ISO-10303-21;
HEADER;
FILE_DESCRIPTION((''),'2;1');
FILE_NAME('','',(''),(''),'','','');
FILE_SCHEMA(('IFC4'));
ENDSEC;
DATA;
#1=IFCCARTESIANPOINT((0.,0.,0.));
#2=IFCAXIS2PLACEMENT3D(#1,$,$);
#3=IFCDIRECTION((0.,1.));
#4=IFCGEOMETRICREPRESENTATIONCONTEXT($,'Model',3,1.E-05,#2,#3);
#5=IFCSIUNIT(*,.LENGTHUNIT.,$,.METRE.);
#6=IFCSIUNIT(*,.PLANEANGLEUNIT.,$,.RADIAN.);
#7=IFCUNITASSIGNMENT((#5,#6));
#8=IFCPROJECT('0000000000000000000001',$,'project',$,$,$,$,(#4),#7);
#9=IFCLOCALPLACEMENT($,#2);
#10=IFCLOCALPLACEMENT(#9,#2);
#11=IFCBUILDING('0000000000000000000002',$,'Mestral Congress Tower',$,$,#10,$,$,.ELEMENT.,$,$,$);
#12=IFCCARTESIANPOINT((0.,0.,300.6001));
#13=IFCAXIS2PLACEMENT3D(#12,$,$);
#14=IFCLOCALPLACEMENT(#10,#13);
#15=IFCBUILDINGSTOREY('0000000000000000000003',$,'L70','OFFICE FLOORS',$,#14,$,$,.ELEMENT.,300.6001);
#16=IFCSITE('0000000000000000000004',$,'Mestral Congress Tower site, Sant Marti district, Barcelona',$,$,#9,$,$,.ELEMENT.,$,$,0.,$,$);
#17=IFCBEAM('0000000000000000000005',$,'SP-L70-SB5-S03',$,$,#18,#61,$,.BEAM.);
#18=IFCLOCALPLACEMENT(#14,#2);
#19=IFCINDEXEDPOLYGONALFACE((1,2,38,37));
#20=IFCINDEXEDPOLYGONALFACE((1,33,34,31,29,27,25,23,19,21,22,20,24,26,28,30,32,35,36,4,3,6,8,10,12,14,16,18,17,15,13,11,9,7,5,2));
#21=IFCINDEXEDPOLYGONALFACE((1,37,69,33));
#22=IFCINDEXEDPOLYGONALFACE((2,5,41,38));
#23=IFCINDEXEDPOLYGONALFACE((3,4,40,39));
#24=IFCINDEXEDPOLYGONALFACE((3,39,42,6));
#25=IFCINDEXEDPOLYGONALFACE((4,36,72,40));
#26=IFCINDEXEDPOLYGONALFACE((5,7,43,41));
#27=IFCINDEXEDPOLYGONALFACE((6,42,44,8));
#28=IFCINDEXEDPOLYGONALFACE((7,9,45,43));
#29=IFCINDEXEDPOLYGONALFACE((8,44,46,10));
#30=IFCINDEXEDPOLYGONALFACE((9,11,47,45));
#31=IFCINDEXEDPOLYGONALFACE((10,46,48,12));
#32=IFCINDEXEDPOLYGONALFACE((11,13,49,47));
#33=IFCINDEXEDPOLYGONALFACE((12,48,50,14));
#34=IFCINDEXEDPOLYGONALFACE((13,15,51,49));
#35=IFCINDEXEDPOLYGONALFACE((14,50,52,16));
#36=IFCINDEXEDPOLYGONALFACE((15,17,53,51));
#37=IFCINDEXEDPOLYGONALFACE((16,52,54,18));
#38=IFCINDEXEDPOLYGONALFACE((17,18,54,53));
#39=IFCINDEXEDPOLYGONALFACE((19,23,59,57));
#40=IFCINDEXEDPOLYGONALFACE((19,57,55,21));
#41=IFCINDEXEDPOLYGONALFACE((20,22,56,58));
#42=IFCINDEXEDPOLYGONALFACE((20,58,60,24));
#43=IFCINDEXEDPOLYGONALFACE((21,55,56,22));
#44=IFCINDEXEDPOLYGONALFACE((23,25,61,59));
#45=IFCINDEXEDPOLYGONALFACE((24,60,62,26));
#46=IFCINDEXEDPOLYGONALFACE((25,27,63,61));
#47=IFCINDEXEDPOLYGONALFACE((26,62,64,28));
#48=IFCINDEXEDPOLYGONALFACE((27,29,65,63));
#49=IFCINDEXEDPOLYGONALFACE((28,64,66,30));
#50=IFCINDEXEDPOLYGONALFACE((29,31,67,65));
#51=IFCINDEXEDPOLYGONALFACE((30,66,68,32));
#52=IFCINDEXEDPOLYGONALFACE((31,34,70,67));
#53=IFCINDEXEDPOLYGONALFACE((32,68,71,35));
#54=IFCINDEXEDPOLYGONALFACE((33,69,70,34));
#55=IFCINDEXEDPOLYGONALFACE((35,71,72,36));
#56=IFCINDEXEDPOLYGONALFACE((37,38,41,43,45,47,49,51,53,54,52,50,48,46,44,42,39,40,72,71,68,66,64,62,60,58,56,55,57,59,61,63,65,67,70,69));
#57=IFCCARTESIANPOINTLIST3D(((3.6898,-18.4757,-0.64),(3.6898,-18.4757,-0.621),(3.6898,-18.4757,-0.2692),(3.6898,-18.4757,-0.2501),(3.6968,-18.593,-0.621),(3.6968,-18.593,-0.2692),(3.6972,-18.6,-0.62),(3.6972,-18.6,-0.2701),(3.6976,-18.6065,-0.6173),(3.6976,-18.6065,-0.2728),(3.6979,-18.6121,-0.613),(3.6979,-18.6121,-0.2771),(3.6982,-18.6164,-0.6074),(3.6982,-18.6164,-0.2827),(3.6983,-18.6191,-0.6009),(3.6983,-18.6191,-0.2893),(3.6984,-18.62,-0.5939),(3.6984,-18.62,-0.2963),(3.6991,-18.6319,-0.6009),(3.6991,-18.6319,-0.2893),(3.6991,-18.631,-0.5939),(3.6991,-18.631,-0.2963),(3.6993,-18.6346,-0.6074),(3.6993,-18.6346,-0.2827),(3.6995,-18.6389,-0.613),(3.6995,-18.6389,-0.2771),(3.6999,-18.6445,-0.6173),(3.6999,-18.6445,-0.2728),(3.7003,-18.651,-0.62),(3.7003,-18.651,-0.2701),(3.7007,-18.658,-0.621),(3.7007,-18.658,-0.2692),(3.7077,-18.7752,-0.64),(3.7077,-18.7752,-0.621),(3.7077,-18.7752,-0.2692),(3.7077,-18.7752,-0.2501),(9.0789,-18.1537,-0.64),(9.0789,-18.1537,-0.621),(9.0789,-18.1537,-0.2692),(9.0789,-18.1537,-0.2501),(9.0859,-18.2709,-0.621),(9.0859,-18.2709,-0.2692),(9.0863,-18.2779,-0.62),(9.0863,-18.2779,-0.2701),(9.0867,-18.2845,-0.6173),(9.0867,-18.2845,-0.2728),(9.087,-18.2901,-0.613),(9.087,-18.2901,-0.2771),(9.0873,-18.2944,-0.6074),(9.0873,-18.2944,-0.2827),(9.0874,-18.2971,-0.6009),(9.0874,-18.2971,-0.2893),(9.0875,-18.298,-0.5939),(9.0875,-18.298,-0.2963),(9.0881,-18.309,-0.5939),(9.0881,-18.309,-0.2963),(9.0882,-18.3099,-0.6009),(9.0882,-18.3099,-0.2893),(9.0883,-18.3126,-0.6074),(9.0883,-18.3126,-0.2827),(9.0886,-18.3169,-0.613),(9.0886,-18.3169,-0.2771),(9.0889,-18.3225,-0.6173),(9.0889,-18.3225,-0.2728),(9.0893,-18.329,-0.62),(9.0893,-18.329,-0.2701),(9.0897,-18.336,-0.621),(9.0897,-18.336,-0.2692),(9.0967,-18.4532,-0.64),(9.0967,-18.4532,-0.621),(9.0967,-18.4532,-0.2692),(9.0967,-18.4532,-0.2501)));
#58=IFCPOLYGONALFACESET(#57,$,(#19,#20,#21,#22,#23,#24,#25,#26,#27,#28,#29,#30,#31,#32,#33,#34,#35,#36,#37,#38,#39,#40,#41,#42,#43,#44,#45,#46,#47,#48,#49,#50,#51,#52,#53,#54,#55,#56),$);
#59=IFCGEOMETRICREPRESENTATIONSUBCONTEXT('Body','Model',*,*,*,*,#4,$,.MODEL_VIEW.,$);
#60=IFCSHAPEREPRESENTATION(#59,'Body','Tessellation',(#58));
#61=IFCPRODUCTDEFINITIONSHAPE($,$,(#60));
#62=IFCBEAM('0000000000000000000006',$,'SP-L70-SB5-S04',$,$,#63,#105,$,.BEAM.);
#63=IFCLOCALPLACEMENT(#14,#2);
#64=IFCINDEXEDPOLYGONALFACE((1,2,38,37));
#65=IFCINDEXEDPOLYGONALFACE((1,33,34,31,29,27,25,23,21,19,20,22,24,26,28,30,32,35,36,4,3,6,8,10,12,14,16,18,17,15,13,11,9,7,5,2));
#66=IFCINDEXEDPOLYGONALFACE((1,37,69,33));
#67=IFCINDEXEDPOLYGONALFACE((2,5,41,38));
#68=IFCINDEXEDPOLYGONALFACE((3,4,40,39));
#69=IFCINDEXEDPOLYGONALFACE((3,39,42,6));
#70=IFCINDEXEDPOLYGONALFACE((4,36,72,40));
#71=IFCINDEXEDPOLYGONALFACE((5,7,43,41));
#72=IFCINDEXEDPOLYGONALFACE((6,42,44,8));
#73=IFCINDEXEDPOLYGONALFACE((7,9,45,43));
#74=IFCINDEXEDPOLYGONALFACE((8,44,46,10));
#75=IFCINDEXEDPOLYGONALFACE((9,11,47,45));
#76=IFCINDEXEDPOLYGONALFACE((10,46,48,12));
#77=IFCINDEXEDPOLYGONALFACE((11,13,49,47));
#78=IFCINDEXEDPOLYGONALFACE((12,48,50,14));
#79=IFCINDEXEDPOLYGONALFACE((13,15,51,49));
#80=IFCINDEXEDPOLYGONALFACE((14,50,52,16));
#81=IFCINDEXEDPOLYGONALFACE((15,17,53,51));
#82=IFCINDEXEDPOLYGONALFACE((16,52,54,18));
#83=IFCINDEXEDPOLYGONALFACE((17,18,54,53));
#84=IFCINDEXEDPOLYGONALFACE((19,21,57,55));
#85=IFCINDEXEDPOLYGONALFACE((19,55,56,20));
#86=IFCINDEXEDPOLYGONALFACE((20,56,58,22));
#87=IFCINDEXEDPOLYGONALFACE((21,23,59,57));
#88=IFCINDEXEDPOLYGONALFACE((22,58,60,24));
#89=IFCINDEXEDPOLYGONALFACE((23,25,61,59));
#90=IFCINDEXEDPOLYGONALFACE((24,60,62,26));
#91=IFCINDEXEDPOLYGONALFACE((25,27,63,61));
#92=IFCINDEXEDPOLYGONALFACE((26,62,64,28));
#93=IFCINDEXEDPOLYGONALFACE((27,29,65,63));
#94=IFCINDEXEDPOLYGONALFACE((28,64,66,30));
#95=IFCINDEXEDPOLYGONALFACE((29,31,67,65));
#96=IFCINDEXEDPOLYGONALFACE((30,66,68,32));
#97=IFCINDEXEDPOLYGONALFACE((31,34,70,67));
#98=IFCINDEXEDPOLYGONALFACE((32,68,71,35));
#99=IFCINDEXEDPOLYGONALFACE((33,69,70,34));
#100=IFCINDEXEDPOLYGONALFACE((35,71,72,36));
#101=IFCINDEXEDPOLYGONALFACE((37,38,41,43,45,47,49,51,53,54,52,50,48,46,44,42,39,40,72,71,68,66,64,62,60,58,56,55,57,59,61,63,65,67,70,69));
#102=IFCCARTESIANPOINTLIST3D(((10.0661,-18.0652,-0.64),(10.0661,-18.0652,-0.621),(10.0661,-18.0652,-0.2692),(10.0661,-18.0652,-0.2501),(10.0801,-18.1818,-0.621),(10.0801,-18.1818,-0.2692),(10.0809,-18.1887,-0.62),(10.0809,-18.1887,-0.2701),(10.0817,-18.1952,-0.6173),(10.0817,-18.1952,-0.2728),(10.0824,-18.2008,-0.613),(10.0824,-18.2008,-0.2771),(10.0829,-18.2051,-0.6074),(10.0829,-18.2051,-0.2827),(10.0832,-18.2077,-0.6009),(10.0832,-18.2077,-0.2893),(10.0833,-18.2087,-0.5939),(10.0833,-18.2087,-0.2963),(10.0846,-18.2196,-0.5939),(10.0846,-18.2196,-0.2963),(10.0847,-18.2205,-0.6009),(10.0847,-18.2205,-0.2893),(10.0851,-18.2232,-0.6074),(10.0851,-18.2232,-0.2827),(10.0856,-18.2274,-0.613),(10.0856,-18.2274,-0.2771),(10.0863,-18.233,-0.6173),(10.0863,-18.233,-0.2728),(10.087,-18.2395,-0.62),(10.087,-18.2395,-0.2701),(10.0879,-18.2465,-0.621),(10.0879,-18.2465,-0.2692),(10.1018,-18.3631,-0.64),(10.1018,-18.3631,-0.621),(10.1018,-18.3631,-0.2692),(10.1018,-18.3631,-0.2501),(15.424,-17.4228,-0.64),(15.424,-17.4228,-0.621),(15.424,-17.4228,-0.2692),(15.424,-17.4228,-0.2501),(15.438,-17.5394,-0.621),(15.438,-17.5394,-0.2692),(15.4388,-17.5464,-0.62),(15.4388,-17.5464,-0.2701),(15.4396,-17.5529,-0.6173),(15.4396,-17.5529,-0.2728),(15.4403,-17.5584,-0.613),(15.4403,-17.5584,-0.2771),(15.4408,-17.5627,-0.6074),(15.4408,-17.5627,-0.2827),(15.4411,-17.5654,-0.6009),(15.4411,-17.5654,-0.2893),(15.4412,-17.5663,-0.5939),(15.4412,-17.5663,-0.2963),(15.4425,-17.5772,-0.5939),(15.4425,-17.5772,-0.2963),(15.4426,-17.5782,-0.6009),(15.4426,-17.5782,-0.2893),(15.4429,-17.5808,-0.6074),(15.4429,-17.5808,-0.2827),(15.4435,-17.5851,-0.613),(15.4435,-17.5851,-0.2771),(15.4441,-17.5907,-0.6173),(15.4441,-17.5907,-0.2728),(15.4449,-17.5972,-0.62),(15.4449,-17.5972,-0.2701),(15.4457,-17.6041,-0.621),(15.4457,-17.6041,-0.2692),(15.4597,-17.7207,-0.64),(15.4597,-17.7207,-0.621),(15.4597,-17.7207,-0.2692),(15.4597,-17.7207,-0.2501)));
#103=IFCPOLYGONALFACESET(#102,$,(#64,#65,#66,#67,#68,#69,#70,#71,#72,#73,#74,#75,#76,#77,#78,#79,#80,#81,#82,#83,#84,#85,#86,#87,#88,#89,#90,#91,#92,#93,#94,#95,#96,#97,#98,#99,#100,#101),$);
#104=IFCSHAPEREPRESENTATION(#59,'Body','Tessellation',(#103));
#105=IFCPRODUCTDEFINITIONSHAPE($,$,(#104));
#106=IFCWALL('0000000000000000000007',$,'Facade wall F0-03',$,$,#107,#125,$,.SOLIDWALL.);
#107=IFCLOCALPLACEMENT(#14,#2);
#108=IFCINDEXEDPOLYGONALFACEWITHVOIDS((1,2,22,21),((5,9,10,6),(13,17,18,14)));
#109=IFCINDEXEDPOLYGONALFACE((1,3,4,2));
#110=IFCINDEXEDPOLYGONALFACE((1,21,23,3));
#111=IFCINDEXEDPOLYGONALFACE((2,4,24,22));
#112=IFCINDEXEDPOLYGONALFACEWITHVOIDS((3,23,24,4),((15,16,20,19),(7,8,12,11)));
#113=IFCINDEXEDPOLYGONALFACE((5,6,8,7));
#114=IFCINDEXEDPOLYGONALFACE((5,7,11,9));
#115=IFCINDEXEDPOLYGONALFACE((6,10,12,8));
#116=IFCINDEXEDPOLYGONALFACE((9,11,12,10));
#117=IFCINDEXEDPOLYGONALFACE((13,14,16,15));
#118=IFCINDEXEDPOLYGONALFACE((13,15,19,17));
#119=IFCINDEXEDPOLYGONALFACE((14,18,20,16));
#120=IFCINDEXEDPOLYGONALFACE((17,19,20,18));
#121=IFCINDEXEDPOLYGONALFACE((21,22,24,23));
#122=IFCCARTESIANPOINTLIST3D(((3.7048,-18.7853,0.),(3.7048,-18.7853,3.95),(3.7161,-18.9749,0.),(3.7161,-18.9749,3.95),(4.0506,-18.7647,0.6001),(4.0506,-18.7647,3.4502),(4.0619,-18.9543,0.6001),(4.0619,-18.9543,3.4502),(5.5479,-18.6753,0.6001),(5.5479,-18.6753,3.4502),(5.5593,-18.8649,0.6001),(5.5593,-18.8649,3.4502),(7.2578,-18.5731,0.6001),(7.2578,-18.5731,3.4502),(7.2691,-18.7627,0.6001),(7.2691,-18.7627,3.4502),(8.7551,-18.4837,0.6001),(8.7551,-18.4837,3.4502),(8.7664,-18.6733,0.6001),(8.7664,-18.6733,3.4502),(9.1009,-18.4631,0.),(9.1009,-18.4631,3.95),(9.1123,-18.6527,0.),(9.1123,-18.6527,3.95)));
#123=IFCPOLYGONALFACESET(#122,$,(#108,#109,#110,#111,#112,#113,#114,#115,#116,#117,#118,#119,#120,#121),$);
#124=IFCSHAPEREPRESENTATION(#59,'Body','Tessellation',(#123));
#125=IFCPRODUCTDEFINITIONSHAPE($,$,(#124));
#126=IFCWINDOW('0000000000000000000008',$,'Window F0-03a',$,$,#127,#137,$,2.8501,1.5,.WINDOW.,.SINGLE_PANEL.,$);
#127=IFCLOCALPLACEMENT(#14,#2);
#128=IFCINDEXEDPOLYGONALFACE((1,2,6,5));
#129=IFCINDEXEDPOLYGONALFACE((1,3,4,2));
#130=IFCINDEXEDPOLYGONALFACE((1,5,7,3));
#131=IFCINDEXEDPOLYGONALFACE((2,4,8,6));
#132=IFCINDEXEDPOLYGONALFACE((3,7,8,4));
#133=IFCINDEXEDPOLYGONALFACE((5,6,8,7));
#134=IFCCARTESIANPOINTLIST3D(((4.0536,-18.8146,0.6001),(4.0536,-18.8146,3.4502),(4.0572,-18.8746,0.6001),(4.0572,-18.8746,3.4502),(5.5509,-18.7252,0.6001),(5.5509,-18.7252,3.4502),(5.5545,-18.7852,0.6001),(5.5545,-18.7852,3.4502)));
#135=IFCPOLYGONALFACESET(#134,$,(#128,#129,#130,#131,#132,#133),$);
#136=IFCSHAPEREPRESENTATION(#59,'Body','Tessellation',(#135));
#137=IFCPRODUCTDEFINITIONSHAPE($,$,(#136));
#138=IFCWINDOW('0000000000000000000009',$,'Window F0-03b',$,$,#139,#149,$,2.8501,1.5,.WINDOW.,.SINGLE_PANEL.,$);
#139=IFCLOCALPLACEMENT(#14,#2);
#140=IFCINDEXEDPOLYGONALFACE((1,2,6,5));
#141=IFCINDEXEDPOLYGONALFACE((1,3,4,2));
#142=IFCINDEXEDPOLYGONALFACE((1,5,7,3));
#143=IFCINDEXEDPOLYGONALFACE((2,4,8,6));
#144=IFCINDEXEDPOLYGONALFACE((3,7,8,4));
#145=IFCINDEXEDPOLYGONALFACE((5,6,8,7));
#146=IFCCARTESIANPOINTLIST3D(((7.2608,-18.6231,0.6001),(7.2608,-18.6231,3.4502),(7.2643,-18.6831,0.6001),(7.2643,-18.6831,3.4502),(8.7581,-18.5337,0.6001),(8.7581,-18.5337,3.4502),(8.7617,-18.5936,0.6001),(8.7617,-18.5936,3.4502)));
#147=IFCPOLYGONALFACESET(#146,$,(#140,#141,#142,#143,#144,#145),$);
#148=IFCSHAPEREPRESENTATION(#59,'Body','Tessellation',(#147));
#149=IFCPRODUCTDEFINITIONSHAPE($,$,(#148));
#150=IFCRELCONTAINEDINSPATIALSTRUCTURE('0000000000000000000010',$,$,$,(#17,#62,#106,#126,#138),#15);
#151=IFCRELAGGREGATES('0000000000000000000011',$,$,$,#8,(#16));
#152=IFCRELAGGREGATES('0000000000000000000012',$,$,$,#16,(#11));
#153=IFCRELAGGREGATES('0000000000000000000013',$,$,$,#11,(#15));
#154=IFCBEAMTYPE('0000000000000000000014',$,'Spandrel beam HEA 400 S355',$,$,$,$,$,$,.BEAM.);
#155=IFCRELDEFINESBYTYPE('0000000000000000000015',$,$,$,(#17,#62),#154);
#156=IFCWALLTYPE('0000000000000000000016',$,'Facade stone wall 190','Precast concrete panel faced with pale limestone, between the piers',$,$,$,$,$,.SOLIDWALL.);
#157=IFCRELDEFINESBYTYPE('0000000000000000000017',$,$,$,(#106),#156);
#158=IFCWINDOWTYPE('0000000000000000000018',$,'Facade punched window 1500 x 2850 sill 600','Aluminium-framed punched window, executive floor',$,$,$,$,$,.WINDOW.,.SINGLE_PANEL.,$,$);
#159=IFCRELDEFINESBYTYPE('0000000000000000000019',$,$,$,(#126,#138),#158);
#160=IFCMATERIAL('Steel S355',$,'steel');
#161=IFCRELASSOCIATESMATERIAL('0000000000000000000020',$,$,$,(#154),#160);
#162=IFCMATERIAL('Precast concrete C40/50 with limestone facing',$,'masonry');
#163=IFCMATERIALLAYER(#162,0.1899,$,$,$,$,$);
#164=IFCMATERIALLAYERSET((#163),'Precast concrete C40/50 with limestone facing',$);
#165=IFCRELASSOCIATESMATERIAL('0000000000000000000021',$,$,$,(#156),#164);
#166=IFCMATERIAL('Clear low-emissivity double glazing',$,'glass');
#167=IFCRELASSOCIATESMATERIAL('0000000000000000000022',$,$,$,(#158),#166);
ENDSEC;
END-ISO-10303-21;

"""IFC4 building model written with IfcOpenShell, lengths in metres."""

from ifc_helpers import new_model, si_unit, direction, frame, frame_2d, origin, origin_2d, place, context, subcontext, project, spatial, rectangle, i_section, extrude, material, layer, layer_set, material_profile, profile_set, type_object, element, fill, save


model = new_model("IFC4")

# Units and contexts
model_context = context("Model", 3, precision=1e-05, world=origin(), true_north=direction((0.0, 1.0)))
body_context = subcontext(model_context, "Body", "Model", "MODEL_VIEW")
ifc_project = project(units=[si_unit("LENGTHUNIT", "METRE"), si_unit("PLANEANGLEUNIT", "RADIAN")], contexts=[model_context])

# Site, building, storey
site_placement = place(None, origin())
site = spatial("IfcSite", under=ifc_project, at=site_placement, Name="Mestral Congress Tower site, Sant Marti district, Barcelona", CompositionType="ELEMENT", RefElevation=0.0)
building_placement = place(site_placement, origin())
building = spatial("IfcBuilding", under=site, at=building_placement, Name="Mestral Congress Tower", CompositionType="ELEMENT")
storey_placement = place(building_placement, frame((0.0, 0.0, 300.6001)))
storey = spatial("IfcBuildingStorey", under=building, at=storey_placement, Name="L70", Description="OFFICE FLOORS", CompositionType="ELEMENT", Elevation=300.6001)

# Beams
ifc_material_1 = material(Name="Steel S355", Category="steel")
ifc_material_profile_1 = material_profile(ifc_material_1, i_section(OverallWidth=0.3, OverallDepth=0.3899, WebThickness=0.011, FlangeThickness=0.019, FilletRadius=0.0271, at=origin_2d()), Name="HEA 400")
ifc_profile_set_1 = profile_set([ifc_material_profile_1], Name="Steel S355")
beam_type_1 = type_object("IfcBeamType", Name="Spandrel beam HEA 400 S355", PredefinedType="BEAM", material=ifc_profile_set_1)
beam_1_placement = place(storey_placement, frame((3.6987, -18.6255, -0.4451), z_axis=(0.99822, 0.059647, 0.0), x_axis=(-0.059647, 0.99822, 0.0)))
element("IfcBeam", 1, at=beam_1_placement, inside=storey, type_object=beam_type_1, Name="SP-L70-SB5-S03", PredefinedType="BEAM", context=body_context, shape_type="SweptSolid", body=[
    extrude(i_section(OverallWidth=0.3, OverallDepth=0.3899, WebThickness=0.011, FlangeThickness=0.019, FilletRadius=0.0271, at=origin_2d()), origin(), (0.0, 0.0, 1.0), 5.3987),
])
beam_2_placement = place(storey_placement, frame((10.084, -18.2141, -0.4451), z_axis=(0.99289, 0.119033, 0.0), x_axis=(-0.119033, 0.99289, 0.0)))
element("IfcBeam", 2, at=beam_2_placement, inside=storey, type_object=beam_type_1, Name="SP-L70-SB5-S04", PredefinedType="BEAM", context=body_context, shape_type="SweptSolid", body=[
    extrude(i_section(OverallWidth=0.3, OverallDepth=0.3899, WebThickness=0.011, FlangeThickness=0.019, FilletRadius=0.0271, at=origin_2d()), origin(), (0.0, 0.0, 1.0), 5.3962),
])

# Wall, openings, windows
ifc_material_2 = material(Name="Precast concrete C40/50 with limestone facing", Category="masonry")
ifc_layer_1 = layer(ifc_material_2, 0.1899)
ifc_layer_set_1 = layer_set([ifc_layer_1], Name="Precast concrete C40/50 with limestone facing")
wall_type_1 = type_object("IfcWallType", Name="Facade stone wall 190", Description="Precast concrete panel faced with pale limestone, between the piers", PredefinedType="SOLIDWALL", material=ifc_layer_set_1)
wall_1_placement = place(storey_placement, frame((3.7104, -18.8801, 0.0), z_axis=(0.0, 0.0, 1.0), x_axis=(0.998221, 0.059614, 0.0)))
wall_1 = element("IfcWall", 3, at=wall_1_placement, inside=storey, type_object=wall_type_1, Name="Facade wall F0-03", PredefinedType="SOLIDWALL", context=body_context, shape_type="SweptSolid", body=[
    extrude(rectangle(XDim=5.4058, YDim=0.1899, at=frame_2d((2.7029, 0.0))), origin(), (0.0, 0.0, 1.0), 3.95),
])
opening_1_placement = place(wall_1_placement, frame((0.3464, 0.0, 0.6001)))
opening_1 = element("IfcOpeningElement", 4, at=opening_1_placement, cuts=wall_1, PredefinedType="OPENING", context=body_context, shape_type="SweptSolid", body=[
    extrude(rectangle(XDim=1.5, YDim=2.8501, at=frame_2d((0.75, 1.425))), frame((0.0, 0.105, 0.0), z_axis=(0.0, -1.0, 0.0), x_axis=(1.0, 0.0, 0.0)), (0.0, 0.0, 1.0), 0.21),
])
opening_2_placement = place(wall_1_placement, frame((3.5593, 0.0, 0.6001)))
opening_2 = element("IfcOpeningElement", 5, at=opening_2_placement, cuts=wall_1, PredefinedType="OPENING", context=body_context, shape_type="SweptSolid", body=[
    extrude(rectangle(XDim=1.5, YDim=2.8501, at=frame_2d((0.75, 1.425))), frame((0.0, 0.105, 0.0), z_axis=(0.0, -1.0, 0.0), x_axis=(1.0, 0.0, 0.0)), (0.0, 0.0, 1.0), 0.21),
])
ifc_material_3 = material(Name="Clear low-emissivity double glazing", Category="glass")
window_type = type_object("IfcWindowType", Name="Facade punched window 1500 x 2850 sill 600", Description="Aluminium-framed punched window, executive floor", PartitioningType="SINGLE_PANEL", PredefinedType="WINDOW", material=ifc_material_3)
window_1_placement = place(opening_1_placement, origin())
window_1 = element("IfcWindow", 6, at=window_1_placement, inside=storey, type_object=window_type, Name="Window F0-03a", OverallHeight=2.8501, OverallWidth=1.5, PartitioningType="SINGLE_PANEL", PredefinedType="WINDOW", context=body_context, shape_type="SweptSolid", body=[
    extrude(rectangle(XDim=1.5, YDim=2.8501, at=frame_2d((0.75, 1.425))), frame((0.0, 0.0449, 0.0), z_axis=(0.0, -1.0, 0.0), x_axis=(1.0, 0.0, 0.0)), (0.0, 0.0, 1.0), 0.0601),
])
fill(opening_1, window_1)
window_2_placement = place(opening_2_placement, origin())
window_2 = element("IfcWindow", 7, at=window_2_placement, inside=storey, type_object=window_type, Name="Window F0-03b", OverallHeight=2.8501, OverallWidth=1.5, PartitioningType="SINGLE_PANEL", PredefinedType="WINDOW", context=body_context, shape_type="SweptSolid", body=[
    extrude(rectangle(XDim=1.5, YDim=2.8501, at=frame_2d((0.75, 1.425))), frame((0.0, 0.0449, 0.0), z_axis=(0.0, -1.0, 0.0), x_axis=(1.0, 0.0, 0.0)), (0.0, 0.0, 1.0), 0.0601),
])
fill(opening_2, window_2)

save(model, "model.ifc")
